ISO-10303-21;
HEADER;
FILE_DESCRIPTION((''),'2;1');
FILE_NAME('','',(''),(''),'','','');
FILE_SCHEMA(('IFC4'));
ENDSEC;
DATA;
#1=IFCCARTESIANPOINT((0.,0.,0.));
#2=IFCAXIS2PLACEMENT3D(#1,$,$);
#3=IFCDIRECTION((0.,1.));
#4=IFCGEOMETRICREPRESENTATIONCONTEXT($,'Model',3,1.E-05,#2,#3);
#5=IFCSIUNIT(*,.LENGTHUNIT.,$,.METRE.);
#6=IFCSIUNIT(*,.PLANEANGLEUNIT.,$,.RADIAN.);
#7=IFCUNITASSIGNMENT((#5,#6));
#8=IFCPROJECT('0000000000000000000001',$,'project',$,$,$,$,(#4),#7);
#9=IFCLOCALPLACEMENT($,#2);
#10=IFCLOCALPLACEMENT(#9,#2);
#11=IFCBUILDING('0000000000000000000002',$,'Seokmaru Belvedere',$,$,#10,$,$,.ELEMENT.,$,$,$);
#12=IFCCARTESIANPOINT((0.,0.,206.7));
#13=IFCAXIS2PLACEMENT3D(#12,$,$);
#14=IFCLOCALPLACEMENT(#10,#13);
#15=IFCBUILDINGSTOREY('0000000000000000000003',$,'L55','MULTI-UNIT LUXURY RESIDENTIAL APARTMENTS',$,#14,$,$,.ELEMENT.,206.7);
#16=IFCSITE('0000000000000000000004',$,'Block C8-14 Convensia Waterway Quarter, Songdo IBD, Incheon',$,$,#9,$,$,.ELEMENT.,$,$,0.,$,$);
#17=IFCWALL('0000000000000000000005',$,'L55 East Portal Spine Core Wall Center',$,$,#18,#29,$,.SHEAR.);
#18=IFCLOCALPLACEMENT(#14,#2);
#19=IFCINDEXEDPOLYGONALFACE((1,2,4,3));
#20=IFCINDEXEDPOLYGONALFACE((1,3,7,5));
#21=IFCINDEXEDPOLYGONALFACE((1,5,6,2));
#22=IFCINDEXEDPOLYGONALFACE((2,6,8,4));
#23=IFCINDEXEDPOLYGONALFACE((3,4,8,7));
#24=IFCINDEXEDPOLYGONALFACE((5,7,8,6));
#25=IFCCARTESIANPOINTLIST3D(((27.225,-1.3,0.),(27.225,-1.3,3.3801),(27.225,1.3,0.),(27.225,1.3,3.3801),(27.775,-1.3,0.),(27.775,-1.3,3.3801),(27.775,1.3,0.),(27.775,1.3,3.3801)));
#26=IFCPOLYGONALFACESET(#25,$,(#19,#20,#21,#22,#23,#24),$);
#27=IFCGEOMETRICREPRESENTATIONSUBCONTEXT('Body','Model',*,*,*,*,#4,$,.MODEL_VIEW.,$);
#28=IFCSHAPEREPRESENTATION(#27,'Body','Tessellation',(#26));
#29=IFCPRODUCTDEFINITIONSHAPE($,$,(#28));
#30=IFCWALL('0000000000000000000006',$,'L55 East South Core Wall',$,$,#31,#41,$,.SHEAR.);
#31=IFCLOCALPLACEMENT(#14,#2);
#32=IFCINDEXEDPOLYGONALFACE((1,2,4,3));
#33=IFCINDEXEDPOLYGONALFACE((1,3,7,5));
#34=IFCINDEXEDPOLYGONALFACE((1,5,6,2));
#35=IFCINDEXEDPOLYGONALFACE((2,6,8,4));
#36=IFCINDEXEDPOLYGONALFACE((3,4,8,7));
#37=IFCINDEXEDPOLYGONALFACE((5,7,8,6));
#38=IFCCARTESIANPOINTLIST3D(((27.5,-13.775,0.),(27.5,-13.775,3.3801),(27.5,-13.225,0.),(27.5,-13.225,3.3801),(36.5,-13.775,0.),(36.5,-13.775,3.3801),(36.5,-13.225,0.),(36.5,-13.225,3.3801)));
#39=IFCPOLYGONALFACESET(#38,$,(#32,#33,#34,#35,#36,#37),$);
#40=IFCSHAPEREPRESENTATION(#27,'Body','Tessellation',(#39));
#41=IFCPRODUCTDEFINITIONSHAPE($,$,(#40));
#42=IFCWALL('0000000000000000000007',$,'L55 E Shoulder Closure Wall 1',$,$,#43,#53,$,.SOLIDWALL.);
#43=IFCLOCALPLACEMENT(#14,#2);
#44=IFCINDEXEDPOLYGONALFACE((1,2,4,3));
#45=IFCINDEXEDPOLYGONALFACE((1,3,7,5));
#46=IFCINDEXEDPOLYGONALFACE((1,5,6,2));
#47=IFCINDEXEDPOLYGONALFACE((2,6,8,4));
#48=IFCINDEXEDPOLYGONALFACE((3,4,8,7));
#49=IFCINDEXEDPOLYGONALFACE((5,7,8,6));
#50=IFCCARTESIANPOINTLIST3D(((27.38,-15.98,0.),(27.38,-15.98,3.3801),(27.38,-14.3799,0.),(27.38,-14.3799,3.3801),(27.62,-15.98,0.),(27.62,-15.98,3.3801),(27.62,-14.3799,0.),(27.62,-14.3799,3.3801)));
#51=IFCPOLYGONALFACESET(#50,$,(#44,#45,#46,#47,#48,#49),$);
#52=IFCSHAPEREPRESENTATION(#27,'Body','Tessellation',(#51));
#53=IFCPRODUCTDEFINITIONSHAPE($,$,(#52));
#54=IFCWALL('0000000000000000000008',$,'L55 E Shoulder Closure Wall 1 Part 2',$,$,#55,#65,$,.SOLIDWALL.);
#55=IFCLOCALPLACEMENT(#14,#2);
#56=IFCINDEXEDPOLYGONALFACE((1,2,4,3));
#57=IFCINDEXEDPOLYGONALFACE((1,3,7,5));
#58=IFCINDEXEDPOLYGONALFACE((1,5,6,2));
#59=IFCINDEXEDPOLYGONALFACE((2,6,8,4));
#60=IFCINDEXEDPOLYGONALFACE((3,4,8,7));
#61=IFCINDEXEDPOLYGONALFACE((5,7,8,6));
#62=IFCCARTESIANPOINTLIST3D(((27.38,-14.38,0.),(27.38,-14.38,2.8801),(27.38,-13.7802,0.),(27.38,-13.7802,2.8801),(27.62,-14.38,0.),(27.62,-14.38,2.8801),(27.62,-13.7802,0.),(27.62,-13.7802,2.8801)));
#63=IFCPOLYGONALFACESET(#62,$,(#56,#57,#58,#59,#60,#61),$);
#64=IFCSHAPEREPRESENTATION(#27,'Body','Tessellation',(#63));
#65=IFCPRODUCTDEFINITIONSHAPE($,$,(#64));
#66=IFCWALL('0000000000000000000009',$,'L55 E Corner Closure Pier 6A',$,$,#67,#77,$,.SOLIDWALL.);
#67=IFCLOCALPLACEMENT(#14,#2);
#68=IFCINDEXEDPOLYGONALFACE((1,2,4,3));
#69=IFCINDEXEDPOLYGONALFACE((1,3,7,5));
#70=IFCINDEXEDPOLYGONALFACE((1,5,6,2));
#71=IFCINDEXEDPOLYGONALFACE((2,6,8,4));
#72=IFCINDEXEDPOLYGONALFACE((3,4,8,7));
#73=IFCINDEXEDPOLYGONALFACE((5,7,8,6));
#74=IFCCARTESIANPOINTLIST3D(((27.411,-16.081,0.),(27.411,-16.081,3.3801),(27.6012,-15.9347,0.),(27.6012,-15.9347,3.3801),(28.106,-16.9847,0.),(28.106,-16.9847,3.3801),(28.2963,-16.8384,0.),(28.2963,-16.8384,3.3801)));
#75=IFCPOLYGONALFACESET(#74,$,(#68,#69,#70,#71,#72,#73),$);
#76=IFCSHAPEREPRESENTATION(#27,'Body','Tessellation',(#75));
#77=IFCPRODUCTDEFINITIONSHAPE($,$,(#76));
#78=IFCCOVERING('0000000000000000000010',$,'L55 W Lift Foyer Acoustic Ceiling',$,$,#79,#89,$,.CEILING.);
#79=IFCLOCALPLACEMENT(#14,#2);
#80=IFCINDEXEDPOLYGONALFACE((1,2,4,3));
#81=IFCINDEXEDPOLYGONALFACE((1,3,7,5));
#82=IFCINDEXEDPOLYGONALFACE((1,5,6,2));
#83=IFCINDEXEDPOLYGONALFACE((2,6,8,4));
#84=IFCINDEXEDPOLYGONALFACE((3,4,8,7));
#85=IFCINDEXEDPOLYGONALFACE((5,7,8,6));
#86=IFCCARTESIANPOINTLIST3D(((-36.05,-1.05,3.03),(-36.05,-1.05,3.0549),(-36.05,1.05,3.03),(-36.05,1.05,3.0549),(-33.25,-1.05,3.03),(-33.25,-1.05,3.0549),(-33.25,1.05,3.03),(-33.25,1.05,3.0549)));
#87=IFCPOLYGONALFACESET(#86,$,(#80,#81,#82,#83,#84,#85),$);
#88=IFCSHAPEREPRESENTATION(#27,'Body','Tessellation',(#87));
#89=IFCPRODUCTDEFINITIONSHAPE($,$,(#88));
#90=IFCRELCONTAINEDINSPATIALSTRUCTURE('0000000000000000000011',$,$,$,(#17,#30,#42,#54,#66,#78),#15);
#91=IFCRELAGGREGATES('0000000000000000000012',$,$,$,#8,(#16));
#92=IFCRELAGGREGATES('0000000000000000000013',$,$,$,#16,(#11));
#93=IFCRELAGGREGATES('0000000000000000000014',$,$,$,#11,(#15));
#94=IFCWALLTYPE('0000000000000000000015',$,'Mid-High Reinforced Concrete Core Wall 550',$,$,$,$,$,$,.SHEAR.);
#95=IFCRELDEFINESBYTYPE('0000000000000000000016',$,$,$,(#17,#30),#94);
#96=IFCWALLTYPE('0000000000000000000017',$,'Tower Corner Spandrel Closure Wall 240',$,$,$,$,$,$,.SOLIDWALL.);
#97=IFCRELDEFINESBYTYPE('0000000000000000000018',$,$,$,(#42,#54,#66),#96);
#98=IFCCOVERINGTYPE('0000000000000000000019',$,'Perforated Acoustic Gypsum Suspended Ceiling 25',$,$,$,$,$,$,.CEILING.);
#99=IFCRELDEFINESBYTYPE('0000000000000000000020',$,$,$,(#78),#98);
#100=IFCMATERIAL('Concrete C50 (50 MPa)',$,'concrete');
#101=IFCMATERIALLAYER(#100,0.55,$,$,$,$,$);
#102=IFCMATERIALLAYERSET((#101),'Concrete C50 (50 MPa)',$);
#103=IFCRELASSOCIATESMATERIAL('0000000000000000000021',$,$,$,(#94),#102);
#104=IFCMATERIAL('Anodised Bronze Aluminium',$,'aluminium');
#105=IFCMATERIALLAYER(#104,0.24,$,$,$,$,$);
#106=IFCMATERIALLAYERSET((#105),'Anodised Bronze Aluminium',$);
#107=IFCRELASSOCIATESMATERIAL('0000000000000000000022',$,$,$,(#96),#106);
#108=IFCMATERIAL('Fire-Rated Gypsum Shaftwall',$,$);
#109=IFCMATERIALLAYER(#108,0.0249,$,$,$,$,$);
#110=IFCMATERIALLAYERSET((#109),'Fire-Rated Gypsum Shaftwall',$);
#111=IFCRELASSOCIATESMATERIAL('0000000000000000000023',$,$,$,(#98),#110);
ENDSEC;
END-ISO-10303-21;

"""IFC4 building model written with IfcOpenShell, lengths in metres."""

from ifc_helpers import new_model, si_unit, direction, frame, frame_2d, origin, place, context, subcontext, project, spatial, polyline, rectangle, outline, extrude, material, layer, layer_set, type_object, element, save


model = new_model("IFC4")

# Units and contexts
model_context = context("Model", 3, precision=1e-05, world=origin(), true_north=direction((0.0, 1.0)))
body_context = subcontext(model_context, "Body", "Model", "MODEL_VIEW")
ifc_project = project(units=[si_unit("LENGTHUNIT", "METRE"), si_unit("PLANEANGLEUNIT", "RADIAN")], contexts=[model_context])

# Site, building, storey
site_placement = place(None, origin())
site = spatial("IfcSite", under=ifc_project, at=site_placement, Name="Block C8-14 Convensia Waterway Quarter, Songdo IBD, Incheon", CompositionType="ELEMENT", RefElevation=0.0)
building_placement = place(site_placement, origin())
building = spatial("IfcBuilding", under=site, at=building_placement, Name="Seokmaru Belvedere", CompositionType="ELEMENT")
storey_placement = place(building_placement, frame((0.0, 0.0, 206.7)))
storey = spatial("IfcBuildingStorey", under=building, at=storey_placement, Name="L55", Description="MULTI-UNIT LUXURY RESIDENTIAL APARTMENTS", CompositionType="ELEMENT", Elevation=206.7)

# Shared definitions
ifc_material_1 = material(Name="Anodised Bronze Aluminium", Category="aluminium")

# Shared definitions
ifc_material_2 = material(Name="Fire-Rated Gypsum Shaftwall")

# Shared definitions
ifc_material_3 = material(Name="Concrete C50 (50 MPa)", Category="concrete")

# Walls
ifc_layer_1 = layer(ifc_material_3, 0.55)
ifc_layer_set_1 = layer_set([ifc_layer_1], Name="Concrete C50 (50 MPa)")
wall_type_1 = type_object("IfcWallType", Name="Mid-High Reinforced Concrete Core Wall 550", PredefinedType="SHEAR", material=ifc_layer_set_1)
wall_1_placement = place(storey_placement, frame((27.5, -1.3, 0.0), z_axis=(0.0, 0.0, 1.0), x_axis=(0.0, 1.0, 0.0)))
element("IfcWall", 1, at=wall_1_placement, inside=storey, type_object=wall_type_1, Name="L55 East Portal Spine Core Wall Center", PredefinedType="SHEAR", context=body_context, shape_type="SweptSolid", body=[
    extrude(rectangle(XDim=2.6001, YDim=0.55, at=frame_2d((1.3, 0.0))), origin(), (0.0, 0.0, 1.0), 3.3801),
])
wall_2_placement = place(storey_placement, frame((27.5, -13.5, 0.0), z_axis=(0.0, 0.0, 1.0), x_axis=(1.0, 0.0, 0.0)))
element("IfcWall", 2, at=wall_2_placement, inside=storey, type_object=wall_type_1, Name="L55 East South Core Wall", PredefinedType="SHEAR", context=body_context, shape_type="SweptSolid", body=[
    extrude(rectangle(XDim=9.0, YDim=0.55, at=frame_2d((4.5, 0.0))), origin(), (0.0, 0.0, 1.0), 3.3801),
])
ifc_layer_2 = layer(ifc_material_1, 0.24)
ifc_layer_set_2 = layer_set([ifc_layer_2], Name="Anodised Bronze Aluminium")
wall_type_2 = type_object("IfcWallType", Name="Tower Corner Spandrel Closure Wall 240", PredefinedType="SOLIDWALL", material=ifc_layer_set_2)
wall_3_placement = place(storey_placement, frame((27.5, -15.98, 0.0), z_axis=(0.0, 0.0, 1.0), x_axis=(0.0, 1.0, 0.0)))
element("IfcWall", 3, at=wall_3_placement, inside=storey, type_object=wall_type_2, Name="L55 E Shoulder Closure Wall 1", PredefinedType="SOLIDWALL", context=body_context, shape_type="SweptSolid", body=[
    extrude(rectangle(XDim=1.6001, YDim=0.24, at=frame_2d((0.8, 0.0))), origin(), (0.0, 0.0, 1.0), 3.3801),
])
wall_4_placement = place(storey_placement, frame((27.5, -14.3799, 0.0), z_axis=(0.0, 0.0, 1.0), x_axis=(0.0, 1.0, 0.0)))
element("IfcWall", 4, at=wall_4_placement, inside=storey, type_object=wall_type_2, Name="L55 E Shoulder Closure Wall 1 Part 2", PredefinedType="SOLIDWALL", context=body_context, shape_type="SweptSolid", body=[
    extrude(rectangle(XDim=0.5999, YDim=0.24, at=frame_2d((0.2998, 0.0))), origin(), (0.0, 0.0, 1.0), 2.8801),
])
wall_5_placement = place(storey_placement, frame((27.5061, -16.0078, 0.0), z_axis=(0.0, 0.0, 1.0), x_axis=(0.609618, -0.792696, 0.0)))
element("IfcWall", 5, at=wall_5_placement, inside=storey, type_object=wall_type_2, Name="L55 E Corner Closure Pier 6A", PredefinedType="SOLIDWALL", context=body_context, shape_type="SweptSolid", body=[
    extrude(rectangle(XDim=1.1401, YDim=0.24, at=frame_2d((0.5701, 0.0))), origin(), (0.0, 0.0, 1.0), 3.3801),
])

# Covering
ifc_layer_3 = layer(ifc_material_2, 0.0249)
ifc_layer_set_3 = layer_set([ifc_layer_3], Name="Fire-Rated Gypsum Shaftwall")
covering_type = type_object("IfcCoveringType", Name="Perforated Acoustic Gypsum Suspended Ceiling 25", PredefinedType="CEILING", material=ifc_layer_set_3)
covering_placement = place(storey_placement, frame((0.0, 0.0, 3.03)))
element("IfcCovering", 6, at=covering_placement, inside=storey, type_object=covering_type, Name="L55 W Lift Foyer Acoustic Ceiling", PredefinedType="CEILING", context=body_context, shape_type="SweptSolid", body=[
    extrude(outline(polyline([(-36.05, -1.05), (-33.25, -1.05), (-33.25, 1.05), (-36.05, 1.05), (-36.05, -1.05)])), origin(), (0.0, 0.0, 1.0), 0.0249),
])

save(model, "model.ifc")
